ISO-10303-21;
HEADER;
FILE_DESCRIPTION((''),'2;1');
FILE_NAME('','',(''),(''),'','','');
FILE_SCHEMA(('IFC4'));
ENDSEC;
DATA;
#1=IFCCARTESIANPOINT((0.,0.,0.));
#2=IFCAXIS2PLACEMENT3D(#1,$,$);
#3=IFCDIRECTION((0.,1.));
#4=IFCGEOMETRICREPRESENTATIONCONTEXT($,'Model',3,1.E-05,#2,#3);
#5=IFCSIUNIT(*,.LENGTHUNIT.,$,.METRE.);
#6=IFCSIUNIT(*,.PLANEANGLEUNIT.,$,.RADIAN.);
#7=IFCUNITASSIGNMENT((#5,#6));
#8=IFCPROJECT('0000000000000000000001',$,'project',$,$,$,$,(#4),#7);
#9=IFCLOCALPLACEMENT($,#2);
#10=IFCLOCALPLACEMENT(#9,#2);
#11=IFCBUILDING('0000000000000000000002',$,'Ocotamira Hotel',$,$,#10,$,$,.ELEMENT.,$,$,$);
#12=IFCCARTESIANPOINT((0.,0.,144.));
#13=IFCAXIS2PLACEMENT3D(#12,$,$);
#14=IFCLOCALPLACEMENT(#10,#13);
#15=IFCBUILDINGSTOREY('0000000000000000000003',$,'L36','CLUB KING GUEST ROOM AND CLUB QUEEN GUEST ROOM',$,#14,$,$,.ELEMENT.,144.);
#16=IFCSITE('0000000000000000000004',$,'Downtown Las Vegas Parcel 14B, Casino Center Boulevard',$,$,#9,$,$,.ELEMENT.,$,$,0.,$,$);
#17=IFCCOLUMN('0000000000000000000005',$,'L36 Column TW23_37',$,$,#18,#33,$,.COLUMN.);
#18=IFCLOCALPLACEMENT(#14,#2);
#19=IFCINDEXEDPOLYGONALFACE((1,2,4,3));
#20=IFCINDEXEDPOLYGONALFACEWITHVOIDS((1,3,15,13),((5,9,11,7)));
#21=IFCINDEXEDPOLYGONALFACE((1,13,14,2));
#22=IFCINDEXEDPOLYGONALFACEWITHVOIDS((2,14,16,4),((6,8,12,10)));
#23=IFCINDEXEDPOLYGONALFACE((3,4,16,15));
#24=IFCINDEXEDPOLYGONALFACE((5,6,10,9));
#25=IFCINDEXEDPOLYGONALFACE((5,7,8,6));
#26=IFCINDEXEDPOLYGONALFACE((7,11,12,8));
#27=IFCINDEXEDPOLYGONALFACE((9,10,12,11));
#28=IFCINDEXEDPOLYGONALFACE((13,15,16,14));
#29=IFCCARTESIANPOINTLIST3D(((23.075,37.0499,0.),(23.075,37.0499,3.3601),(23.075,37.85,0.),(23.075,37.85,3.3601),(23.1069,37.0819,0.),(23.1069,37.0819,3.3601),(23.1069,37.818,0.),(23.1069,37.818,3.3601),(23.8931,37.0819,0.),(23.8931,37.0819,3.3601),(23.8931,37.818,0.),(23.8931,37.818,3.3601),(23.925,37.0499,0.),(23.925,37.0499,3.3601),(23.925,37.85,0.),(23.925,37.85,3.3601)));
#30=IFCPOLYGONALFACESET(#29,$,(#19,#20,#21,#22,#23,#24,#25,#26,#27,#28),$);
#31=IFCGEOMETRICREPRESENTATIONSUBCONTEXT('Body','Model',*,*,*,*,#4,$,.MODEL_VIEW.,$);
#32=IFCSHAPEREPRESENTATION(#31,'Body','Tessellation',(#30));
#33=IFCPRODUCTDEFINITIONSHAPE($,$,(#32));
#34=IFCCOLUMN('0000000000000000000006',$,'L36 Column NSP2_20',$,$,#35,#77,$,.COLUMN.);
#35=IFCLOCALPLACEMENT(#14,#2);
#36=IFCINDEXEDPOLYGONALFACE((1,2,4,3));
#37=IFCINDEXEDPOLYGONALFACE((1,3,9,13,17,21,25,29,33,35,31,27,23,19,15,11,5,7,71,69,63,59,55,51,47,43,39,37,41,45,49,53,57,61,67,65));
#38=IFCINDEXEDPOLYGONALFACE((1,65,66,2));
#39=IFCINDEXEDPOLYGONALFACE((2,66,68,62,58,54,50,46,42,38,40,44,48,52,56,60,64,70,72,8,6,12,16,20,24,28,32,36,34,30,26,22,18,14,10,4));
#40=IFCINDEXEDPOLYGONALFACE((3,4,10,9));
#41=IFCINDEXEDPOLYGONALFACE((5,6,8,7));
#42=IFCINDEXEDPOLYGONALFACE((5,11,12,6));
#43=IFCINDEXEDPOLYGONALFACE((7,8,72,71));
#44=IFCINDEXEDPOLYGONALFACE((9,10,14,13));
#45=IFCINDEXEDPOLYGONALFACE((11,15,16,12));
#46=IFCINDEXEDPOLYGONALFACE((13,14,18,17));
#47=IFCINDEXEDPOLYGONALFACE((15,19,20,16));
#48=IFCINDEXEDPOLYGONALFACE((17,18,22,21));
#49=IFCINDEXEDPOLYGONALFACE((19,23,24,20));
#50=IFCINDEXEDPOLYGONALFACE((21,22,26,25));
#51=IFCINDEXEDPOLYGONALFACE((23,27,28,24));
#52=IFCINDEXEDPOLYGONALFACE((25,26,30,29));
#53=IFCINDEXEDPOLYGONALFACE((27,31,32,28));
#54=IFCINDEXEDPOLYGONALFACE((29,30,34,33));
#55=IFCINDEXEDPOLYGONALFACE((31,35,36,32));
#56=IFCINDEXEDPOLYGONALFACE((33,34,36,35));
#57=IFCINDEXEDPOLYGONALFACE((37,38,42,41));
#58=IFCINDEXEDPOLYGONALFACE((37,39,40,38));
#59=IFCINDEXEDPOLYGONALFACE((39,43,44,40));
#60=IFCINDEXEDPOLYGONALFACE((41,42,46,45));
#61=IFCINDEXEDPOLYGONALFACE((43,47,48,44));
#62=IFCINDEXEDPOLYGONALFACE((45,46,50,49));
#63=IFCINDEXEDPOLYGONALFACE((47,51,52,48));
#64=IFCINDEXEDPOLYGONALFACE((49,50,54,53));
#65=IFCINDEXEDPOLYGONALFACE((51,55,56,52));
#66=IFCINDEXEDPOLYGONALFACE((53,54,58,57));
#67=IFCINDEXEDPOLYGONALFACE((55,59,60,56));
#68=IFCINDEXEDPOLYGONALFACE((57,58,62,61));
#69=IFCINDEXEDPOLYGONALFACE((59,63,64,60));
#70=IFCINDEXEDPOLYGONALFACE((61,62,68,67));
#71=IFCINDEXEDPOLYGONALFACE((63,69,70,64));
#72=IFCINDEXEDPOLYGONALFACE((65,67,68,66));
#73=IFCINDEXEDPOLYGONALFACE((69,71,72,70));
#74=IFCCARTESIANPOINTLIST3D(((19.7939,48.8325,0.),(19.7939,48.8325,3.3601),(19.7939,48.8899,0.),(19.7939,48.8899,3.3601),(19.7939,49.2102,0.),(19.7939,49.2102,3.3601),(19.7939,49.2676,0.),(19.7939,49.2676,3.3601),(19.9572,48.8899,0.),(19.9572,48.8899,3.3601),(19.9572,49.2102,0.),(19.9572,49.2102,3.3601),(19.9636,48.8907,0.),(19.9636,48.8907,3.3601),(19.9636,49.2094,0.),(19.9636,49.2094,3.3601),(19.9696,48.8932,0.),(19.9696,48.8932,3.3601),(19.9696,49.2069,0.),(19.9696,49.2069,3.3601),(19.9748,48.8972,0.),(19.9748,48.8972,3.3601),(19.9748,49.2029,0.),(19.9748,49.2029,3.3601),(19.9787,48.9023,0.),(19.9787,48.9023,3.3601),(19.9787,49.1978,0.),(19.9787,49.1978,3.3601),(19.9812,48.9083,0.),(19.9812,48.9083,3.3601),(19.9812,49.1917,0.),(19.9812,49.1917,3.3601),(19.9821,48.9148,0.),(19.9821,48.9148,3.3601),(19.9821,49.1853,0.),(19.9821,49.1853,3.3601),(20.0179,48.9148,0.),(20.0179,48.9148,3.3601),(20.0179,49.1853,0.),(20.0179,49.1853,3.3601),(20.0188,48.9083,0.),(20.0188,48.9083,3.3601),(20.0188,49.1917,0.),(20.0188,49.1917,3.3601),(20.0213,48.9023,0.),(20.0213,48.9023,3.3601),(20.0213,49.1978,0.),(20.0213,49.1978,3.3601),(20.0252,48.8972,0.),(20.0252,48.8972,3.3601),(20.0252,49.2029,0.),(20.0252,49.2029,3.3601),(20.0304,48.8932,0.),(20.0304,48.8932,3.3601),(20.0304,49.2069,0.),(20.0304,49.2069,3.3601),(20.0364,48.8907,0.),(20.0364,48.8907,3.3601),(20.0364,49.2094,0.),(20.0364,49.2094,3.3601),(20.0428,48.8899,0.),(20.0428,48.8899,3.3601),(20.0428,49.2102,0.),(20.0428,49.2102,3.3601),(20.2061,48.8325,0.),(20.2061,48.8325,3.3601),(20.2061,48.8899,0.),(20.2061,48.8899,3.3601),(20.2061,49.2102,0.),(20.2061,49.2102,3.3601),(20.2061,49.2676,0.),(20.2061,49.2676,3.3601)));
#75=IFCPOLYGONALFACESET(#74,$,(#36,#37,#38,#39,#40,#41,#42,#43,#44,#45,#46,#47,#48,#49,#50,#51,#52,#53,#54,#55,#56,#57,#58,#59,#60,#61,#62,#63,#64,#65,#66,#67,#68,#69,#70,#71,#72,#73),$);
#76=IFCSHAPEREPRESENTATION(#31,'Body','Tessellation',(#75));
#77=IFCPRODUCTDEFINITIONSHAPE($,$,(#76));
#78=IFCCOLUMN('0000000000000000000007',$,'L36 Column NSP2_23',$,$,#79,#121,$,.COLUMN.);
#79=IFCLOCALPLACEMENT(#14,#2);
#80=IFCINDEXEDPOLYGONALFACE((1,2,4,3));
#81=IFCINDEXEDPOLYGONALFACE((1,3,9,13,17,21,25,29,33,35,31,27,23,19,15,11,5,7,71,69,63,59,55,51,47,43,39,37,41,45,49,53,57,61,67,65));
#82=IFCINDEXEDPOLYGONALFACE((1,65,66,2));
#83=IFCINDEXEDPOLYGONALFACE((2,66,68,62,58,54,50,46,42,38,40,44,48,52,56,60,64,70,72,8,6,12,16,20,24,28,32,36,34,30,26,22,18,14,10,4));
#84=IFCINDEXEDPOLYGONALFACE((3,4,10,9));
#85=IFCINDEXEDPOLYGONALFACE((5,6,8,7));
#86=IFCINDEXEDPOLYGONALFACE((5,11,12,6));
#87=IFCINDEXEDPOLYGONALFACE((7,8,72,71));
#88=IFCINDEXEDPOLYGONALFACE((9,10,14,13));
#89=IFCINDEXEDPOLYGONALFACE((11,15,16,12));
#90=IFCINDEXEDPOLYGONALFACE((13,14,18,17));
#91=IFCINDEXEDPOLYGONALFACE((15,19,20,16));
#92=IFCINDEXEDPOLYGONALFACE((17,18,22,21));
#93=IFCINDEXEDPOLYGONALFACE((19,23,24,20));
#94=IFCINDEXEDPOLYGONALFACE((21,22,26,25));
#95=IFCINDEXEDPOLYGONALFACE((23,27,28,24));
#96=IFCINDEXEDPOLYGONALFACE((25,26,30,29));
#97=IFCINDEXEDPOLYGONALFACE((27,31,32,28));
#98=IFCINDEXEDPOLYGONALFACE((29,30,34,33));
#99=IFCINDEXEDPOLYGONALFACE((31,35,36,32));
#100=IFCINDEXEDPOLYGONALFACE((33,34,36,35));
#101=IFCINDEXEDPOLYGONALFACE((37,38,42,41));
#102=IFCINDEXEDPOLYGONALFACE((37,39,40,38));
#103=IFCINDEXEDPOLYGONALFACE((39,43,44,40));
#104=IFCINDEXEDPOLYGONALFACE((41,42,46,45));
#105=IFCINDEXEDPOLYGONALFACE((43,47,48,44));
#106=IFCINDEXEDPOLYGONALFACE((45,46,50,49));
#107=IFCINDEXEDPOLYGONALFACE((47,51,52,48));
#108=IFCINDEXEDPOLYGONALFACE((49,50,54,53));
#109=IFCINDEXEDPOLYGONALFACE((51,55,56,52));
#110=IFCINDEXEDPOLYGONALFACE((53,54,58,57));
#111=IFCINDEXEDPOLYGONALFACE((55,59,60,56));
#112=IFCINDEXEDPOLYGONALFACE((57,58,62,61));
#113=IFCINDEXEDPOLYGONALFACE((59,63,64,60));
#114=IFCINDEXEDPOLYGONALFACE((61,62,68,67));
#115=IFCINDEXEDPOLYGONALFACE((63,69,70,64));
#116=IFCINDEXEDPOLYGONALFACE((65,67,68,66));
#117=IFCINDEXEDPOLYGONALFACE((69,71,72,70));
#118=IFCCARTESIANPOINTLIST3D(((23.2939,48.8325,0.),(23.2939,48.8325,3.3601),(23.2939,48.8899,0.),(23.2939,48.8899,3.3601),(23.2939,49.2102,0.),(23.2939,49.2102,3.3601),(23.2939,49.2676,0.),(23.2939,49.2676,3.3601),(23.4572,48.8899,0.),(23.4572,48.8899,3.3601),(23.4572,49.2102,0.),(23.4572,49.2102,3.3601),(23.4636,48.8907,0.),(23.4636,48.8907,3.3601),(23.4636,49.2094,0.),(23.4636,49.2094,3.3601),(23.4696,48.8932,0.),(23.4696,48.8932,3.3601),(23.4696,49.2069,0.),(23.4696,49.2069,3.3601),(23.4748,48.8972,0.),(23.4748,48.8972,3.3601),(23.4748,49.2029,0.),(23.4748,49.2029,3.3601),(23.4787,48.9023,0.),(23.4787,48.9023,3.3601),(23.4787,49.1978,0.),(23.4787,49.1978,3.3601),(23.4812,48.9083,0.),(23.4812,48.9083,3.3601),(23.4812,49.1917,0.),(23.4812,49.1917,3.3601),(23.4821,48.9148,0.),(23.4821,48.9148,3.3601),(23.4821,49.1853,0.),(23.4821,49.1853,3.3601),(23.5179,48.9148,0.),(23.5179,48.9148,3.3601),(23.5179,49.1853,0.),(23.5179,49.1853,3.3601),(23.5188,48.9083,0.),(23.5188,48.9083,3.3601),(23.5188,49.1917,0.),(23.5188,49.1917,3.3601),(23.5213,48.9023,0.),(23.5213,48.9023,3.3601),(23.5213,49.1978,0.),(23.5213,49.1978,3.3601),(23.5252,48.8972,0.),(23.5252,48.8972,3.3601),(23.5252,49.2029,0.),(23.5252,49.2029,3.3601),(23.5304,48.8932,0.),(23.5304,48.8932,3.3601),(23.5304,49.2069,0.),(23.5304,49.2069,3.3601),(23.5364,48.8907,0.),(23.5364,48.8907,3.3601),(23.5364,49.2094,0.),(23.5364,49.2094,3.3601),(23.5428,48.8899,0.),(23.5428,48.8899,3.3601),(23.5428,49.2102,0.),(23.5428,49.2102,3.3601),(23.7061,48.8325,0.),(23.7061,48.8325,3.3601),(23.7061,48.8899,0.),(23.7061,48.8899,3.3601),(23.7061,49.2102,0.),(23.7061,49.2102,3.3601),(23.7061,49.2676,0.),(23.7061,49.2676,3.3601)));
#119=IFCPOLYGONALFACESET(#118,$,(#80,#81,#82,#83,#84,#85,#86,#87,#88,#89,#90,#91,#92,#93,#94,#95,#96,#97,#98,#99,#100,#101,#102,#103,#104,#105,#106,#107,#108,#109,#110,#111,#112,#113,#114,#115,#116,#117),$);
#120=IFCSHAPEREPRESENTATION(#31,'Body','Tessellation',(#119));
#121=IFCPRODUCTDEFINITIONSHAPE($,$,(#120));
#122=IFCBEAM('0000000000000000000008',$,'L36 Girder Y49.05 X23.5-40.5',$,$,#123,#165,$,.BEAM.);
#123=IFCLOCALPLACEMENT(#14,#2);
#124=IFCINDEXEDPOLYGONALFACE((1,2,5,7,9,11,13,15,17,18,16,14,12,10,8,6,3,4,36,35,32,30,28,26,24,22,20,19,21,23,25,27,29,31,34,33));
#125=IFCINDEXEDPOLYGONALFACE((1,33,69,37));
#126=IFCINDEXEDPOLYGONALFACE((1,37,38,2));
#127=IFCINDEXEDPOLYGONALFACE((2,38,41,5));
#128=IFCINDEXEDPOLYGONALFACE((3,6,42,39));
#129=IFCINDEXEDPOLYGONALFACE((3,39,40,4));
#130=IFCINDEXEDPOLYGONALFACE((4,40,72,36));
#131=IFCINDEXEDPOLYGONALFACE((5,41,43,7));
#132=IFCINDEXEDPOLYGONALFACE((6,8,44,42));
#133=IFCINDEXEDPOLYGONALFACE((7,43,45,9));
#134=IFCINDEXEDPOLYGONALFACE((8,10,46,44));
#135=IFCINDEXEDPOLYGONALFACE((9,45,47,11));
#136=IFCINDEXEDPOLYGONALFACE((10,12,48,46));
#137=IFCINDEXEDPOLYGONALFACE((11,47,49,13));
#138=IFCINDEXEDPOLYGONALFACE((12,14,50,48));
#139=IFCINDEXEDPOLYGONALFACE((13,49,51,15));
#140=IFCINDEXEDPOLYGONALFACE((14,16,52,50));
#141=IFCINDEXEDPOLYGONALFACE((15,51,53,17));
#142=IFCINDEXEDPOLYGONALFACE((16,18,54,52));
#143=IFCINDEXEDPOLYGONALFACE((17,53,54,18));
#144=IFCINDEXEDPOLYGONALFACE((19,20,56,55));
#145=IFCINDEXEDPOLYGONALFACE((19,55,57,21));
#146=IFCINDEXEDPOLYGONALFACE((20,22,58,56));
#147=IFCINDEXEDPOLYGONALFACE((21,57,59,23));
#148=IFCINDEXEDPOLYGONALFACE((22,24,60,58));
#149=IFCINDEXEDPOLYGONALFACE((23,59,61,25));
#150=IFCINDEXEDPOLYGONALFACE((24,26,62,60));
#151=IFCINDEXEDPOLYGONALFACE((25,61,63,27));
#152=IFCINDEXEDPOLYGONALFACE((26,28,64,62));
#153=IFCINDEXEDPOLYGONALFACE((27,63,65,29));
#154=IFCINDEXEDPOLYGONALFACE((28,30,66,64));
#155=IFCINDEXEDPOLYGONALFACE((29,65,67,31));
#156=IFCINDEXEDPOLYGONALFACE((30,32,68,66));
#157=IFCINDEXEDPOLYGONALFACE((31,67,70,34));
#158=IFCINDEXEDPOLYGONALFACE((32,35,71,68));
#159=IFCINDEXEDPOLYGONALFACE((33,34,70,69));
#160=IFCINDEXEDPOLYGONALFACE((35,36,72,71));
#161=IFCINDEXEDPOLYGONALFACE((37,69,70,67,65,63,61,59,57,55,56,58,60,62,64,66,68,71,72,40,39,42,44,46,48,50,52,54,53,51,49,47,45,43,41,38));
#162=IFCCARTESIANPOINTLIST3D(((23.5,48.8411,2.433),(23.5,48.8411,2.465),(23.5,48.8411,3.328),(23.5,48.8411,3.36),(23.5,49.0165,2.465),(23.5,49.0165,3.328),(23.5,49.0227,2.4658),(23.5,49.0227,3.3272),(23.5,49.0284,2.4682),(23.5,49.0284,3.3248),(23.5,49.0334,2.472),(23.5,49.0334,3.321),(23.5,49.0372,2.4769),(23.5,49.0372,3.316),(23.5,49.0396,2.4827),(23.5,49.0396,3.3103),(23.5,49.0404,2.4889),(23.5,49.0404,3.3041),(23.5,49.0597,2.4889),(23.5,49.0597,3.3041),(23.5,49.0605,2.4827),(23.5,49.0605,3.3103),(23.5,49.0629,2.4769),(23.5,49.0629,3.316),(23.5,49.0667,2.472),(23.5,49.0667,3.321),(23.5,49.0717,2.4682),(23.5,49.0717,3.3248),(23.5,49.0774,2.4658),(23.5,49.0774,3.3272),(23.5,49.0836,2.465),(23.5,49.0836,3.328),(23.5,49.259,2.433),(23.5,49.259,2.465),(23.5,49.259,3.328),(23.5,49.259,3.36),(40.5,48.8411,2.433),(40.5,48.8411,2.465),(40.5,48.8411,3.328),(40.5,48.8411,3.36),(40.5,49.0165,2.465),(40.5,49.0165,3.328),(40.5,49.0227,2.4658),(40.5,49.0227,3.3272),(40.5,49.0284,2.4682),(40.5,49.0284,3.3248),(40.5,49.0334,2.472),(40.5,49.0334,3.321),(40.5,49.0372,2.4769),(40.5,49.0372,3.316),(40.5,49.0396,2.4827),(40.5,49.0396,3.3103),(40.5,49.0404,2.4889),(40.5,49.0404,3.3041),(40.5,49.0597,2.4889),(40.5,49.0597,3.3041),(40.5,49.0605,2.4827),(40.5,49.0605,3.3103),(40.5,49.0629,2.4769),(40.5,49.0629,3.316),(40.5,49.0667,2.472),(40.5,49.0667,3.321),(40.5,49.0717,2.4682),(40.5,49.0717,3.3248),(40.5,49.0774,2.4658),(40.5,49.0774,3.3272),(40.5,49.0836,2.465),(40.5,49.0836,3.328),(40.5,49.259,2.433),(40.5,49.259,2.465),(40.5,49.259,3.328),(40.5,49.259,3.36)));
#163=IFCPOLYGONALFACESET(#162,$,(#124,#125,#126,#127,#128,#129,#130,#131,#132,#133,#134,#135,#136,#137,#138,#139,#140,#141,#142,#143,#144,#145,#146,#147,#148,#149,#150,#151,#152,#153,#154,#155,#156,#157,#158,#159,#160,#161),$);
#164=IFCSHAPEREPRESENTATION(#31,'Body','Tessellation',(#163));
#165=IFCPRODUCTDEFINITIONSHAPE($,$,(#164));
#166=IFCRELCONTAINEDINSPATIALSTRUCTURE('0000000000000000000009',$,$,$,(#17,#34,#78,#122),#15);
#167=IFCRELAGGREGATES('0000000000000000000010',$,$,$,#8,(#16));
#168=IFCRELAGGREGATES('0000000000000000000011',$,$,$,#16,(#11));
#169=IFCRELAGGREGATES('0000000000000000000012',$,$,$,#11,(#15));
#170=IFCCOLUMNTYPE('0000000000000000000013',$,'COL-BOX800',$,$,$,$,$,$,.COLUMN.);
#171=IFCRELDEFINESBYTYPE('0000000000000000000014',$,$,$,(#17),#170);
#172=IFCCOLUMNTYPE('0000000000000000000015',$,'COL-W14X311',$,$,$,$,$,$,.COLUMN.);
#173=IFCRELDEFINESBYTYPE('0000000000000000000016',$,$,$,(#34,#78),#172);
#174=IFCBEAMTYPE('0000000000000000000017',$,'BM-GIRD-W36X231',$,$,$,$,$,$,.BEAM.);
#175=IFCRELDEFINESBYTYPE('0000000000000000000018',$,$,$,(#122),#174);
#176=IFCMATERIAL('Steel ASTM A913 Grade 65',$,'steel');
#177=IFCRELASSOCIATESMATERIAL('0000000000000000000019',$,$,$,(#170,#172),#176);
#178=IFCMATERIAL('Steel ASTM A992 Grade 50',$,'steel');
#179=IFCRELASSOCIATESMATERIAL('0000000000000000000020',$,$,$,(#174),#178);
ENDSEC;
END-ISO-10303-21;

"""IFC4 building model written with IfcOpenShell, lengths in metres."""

from ifc_helpers import new_model, si_unit, direction, frame, origin, origin_2d, place, context, subcontext, project, spatial, hollow_rectangle, i_section, extrude, source, transform, mapped, material, material_profile, profile_set, type_object, element, save


model = new_model("IFC4")

# Units and contexts
model_context = context("Model", 3, precision=1e-05, world=origin(), true_north=direction((0.0, 1.0)))
body_context = subcontext(model_context, "Body", "Model", "MODEL_VIEW")
ifc_project = project(units=[si_unit("LENGTHUNIT", "METRE"), si_unit("PLANEANGLEUNIT", "RADIAN")], contexts=[model_context])

# Site, building, storey
site_placement = place(None, origin())
site = spatial("IfcSite", under=ifc_project, at=site_placement, Name="Downtown Las Vegas Parcel 14B, Casino Center Boulevard", CompositionType="ELEMENT", RefElevation=0.0)
building_placement = place(site_placement, origin())
building = spatial("IfcBuilding", under=site, at=building_placement, Name="Ocotamira Hotel", CompositionType="ELEMENT")
storey_placement = place(building_placement, frame((0.0, 0.0, 144.0)))
storey = spatial("IfcBuildingStorey", under=building, at=storey_placement, Name="L36", Description="CLUB KING GUEST ROOM AND CLUB QUEEN GUEST ROOM", CompositionType="ELEMENT", Elevation=144.0)

# Columns
ifc_material_1 = material(Name="Steel ASTM A913 Grade 65", Category="steel")
ifc_material_profile_1 = material_profile(ifc_material_1, hollow_rectangle(XDim=0.8501, YDim=0.8, WallThickness=0.032, at=origin_2d()), Name="BOX800X850X32")
ifc_profile_set_1 = profile_set([ifc_material_profile_1], Name="Steel ASTM A913 Grade 65")
column_type_1 = type_object("IfcColumnType", Name="COL-BOX800", PredefinedType="COLUMN", material=ifc_profile_set_1)
shared_shape_1 = source(origin(), body_context, "Body", "SweptSolid", [
    extrude(hollow_rectangle(XDim=0.8501, YDim=0.8, WallThickness=0.032, at=origin_2d()), origin(), (0.0, 0.0, 1.0), 3.3601),
])
column_placement = place(storey_placement, frame((23.5, 37.45, 0.0), z_axis=(0.0, 0.0, 1.0), x_axis=(1.0, 0.0, 0.0)))
element("IfcColumn", 1, at=column_placement, inside=storey, type_object=column_type_1, Name="L36 Column TW23_37", PredefinedType="COLUMN", context=body_context, shape_type="MappedRepresentation", body=[
    mapped(shared_shape_1, transform((0.0, 0.0, 0.0), scale=1.0)),
])
ifc_material_profile_2 = material_profile(ifc_material_1, i_section(OverallWidth=0.4121, OverallDepth=0.4351, WebThickness=0.0359, FlangeThickness=0.0574, FilletRadius=0.0249, at=origin_2d()), Name="W14X311")
ifc_profile_set_2 = profile_set([ifc_material_profile_2], Name="Steel ASTM A913 Grade 65")
column_type_2 = type_object("IfcColumnType", Name="COL-W14X311", PredefinedType="COLUMN", material=ifc_profile_set_2)
shared_shape_2 = source(origin(), body_context, "Body", "SweptSolid", [
    extrude(i_section(OverallWidth=0.4121, OverallDepth=0.4351, WebThickness=0.0359, FlangeThickness=0.0574, FilletRadius=0.0249, at=origin_2d()), origin(), (0.0, 0.0, 1.0), 3.3601),
])
for number, where, z_axis, x_axis, name in (
    (2, (20.0, 49.05, 0.0), (0.0, 0.0, 1.0), (1.0, 0.0, 0.0), "L36 Column NSP2_20"),
    (3, (23.5, 49.05, 0.0), (0.0, 0.0, 1.0), (1.0, 0.0, 0.0), "L36 Column NSP2_23"),
):
    element("IfcColumn", number, at=place(storey_placement, frame(where, z_axis=z_axis, x_axis=x_axis)), inside=storey, type_object=column_type_2, Name=name, PredefinedType="COLUMN", context=body_context, shape_type="MappedRepresentation", body=[
        mapped(shared_shape_2, transform((0.0, 0.0, 0.0), scale=1.0)),
    ])

# Beam
ifc_material_2 = material(Name="Steel ASTM A992 Grade 50", Category="steel")
ifc_material_profile_3 = material_profile(ifc_material_2, i_section(OverallWidth=0.418, OverallDepth=0.927, WebThickness=0.0193, FlangeThickness=0.032, FilletRadius=0.0239, at=origin_2d()), Name="W36X231")
ifc_profile_set_3 = profile_set([ifc_material_profile_3], Name="Steel ASTM A992 Grade 50")
beam_type_1 = type_object("IfcBeamType", Name="BM-GIRD-W36X231", PredefinedType="BEAM", material=ifc_profile_set_3)
shared_shape_3 = source(origin(), body_context, "Body", "SweptSolid", [
    extrude(i_section(OverallWidth=0.418, OverallDepth=0.927, WebThickness=0.0193, FlangeThickness=0.032, FilletRadius=0.0239, at=origin_2d()), origin(), (0.0, 0.0, 1.0), 17.0),
])
beam_1_placement = place(storey_placement, frame((23.5, 49.05, 2.8965), z_axis=(1.0, 0.0, 0.0), x_axis=(0.0, 1.0, 0.0)))
element("IfcBeam", 4, at=beam_1_placement, inside=storey, type_object=beam_type_1, Name="L36 Girder Y49.05 X23.5-40.5", PredefinedType="BEAM", context=body_context, shape_type="MappedRepresentation", body=[
    mapped(shared_shape_3, transform((0.0, 0.0, 0.0), scale=1.0)),
])

save(model, "model.ifc")
